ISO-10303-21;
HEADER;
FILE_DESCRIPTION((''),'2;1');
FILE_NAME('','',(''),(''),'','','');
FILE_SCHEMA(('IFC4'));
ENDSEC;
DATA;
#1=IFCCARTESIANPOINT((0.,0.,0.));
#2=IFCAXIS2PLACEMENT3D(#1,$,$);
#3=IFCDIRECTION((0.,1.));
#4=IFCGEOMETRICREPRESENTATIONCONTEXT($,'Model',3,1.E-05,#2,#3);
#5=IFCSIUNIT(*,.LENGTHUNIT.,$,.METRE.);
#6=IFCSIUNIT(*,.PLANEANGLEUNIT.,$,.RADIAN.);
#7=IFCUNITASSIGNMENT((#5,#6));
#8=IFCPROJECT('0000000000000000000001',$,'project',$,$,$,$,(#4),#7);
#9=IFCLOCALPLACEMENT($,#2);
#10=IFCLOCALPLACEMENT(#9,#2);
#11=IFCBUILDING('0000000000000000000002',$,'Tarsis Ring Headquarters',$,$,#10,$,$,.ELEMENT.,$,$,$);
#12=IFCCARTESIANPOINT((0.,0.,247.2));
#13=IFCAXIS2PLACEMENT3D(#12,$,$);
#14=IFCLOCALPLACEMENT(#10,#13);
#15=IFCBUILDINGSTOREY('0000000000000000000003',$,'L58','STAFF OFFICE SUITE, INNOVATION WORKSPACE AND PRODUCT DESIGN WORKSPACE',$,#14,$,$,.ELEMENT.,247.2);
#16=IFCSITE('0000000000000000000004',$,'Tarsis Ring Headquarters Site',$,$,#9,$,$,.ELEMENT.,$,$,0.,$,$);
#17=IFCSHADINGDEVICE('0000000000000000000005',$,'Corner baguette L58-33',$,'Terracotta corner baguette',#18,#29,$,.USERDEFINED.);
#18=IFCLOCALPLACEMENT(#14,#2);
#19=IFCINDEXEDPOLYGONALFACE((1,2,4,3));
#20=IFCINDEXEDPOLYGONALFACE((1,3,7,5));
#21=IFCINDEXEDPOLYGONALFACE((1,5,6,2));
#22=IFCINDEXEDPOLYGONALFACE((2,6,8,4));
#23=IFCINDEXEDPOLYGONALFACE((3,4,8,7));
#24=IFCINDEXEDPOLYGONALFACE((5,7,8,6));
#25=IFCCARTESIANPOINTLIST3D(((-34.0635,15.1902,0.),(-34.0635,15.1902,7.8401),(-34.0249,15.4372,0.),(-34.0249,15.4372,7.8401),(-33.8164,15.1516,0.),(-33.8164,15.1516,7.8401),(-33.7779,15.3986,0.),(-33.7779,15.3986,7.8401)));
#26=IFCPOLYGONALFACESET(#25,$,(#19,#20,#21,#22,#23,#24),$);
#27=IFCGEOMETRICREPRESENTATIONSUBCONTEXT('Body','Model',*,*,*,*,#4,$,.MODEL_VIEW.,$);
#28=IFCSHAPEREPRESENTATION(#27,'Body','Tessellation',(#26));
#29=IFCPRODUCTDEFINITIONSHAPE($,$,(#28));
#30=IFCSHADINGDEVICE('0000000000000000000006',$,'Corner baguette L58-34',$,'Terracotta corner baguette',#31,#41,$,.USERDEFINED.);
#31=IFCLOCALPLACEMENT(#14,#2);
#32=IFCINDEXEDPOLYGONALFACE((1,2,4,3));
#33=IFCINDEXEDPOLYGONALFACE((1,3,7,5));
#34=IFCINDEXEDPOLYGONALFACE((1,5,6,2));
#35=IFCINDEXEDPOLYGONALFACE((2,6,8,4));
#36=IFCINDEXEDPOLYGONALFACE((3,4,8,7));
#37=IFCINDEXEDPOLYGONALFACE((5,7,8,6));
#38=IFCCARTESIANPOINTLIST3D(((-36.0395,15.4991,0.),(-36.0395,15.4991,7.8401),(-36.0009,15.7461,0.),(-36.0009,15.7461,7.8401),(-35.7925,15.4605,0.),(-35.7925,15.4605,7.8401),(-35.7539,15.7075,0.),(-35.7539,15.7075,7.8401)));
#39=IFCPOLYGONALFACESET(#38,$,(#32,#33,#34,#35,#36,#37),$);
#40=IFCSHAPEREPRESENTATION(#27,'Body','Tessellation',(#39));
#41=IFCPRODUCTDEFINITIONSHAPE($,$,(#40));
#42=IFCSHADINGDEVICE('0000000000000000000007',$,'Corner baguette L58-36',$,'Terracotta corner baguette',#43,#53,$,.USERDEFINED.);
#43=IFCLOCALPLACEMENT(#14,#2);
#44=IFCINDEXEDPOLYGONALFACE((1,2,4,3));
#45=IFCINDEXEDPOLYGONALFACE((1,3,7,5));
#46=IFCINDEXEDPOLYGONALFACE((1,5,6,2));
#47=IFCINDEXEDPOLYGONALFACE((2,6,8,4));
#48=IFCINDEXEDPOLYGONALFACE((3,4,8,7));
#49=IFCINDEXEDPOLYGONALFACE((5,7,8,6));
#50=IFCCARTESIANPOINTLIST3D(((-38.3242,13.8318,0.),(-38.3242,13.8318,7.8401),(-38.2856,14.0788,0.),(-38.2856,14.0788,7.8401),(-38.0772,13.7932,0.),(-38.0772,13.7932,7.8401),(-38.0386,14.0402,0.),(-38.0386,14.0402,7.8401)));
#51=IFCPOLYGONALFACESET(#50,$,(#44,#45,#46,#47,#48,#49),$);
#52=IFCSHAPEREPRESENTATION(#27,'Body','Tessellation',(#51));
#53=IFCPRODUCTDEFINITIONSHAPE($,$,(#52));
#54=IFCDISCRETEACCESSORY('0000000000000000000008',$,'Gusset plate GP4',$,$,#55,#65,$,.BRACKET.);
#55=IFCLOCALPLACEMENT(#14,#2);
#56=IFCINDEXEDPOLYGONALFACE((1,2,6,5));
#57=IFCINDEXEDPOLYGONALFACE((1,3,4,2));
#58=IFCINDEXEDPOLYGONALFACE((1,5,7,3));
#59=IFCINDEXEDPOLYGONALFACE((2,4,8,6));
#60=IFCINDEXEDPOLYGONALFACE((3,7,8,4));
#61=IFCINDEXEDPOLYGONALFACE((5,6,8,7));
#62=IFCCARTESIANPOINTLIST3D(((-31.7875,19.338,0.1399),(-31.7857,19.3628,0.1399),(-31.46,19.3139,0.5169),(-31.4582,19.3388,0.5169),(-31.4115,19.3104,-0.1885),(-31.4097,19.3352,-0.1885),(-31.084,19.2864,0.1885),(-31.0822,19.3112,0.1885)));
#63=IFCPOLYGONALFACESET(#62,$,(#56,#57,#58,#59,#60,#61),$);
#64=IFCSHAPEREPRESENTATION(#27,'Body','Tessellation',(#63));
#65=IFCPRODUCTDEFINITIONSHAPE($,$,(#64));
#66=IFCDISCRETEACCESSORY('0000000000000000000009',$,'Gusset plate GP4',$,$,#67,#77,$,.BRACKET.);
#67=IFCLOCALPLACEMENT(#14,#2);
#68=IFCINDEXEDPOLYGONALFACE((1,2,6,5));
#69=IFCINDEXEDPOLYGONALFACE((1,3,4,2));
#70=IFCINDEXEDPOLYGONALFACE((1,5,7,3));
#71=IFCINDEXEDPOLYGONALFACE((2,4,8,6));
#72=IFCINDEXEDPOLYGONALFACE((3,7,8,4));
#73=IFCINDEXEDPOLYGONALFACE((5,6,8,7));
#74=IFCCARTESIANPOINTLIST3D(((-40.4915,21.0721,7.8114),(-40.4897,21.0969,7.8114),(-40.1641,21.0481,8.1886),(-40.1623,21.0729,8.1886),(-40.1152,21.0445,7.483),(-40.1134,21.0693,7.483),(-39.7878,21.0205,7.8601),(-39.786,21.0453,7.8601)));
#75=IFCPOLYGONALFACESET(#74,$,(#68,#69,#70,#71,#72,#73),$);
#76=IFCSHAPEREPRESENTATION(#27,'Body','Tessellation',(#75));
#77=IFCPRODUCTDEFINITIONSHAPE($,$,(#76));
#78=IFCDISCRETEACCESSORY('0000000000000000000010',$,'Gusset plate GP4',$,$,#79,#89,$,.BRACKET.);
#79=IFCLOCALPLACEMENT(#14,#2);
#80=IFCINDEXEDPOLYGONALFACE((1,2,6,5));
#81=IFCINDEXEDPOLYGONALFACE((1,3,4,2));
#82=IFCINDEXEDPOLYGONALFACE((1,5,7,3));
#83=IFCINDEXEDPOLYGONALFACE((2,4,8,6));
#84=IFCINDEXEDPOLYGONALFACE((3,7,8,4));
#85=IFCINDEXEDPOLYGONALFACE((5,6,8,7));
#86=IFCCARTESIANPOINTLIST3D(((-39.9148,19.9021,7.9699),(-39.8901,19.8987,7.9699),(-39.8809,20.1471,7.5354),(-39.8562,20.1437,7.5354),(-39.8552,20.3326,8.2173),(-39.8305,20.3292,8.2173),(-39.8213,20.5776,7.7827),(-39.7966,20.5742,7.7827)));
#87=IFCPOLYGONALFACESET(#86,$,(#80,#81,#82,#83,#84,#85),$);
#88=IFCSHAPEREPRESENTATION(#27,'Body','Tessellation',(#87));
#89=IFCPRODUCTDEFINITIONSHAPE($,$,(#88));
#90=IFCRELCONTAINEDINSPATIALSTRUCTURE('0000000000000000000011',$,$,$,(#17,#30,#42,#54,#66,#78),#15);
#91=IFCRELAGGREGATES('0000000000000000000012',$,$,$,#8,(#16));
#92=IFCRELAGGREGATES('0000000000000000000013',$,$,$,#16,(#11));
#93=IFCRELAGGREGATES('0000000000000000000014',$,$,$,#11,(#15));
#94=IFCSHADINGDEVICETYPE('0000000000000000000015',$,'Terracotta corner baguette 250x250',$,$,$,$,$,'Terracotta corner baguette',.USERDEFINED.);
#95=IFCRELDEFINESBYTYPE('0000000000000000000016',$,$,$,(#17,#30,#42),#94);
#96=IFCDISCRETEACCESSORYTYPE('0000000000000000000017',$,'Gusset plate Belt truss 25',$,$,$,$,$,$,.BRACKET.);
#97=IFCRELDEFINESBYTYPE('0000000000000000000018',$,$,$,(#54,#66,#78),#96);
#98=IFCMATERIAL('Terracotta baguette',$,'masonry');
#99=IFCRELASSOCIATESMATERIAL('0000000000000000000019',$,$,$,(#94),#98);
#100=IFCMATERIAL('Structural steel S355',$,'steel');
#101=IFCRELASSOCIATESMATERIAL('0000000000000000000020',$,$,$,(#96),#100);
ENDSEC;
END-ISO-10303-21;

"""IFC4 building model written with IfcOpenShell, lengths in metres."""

from ifc_helpers import new_model, si_unit, direction, frame, origin, origin_2d, place, context, subcontext, project, spatial, rectangle, extrude, material, material_profile, profile_set, type_object, element, save


model = new_model("IFC4")

# Units and contexts
model_context = context("Model", 3, precision=1e-05, world=origin(), true_north=direction((0.0, 1.0)))
body_context = subcontext(model_context, "Body", "Model", "MODEL_VIEW")
ifc_project = project(units=[si_unit("LENGTHUNIT", "METRE"), si_unit("PLANEANGLEUNIT", "RADIAN")], contexts=[model_context])

# Site, building, storey
site_placement = place(None, origin())
site = spatial("IfcSite", under=ifc_project, at=site_placement, Name="Tarsis Ring Headquarters Site", CompositionType="ELEMENT", RefElevation=0.0)
building_placement = place(site_placement, origin())
building = spatial("IfcBuilding", under=site, at=building_placement, Name="Tarsis Ring Headquarters", CompositionType="ELEMENT")
storey_placement = place(building_placement, frame((0.0, 0.0, 247.2)))
storey = spatial("IfcBuildingStorey", under=building, at=storey_placement, Name="L58", Description="STAFF OFFICE SUITE, INNOVATION WORKSPACE AND PRODUCT DESIGN WORKSPACE", CompositionType="ELEMENT", Elevation=247.2)

# Shared definitions
ifc_material_1 = material(Name="Structural steel S355", Category="steel")

# Shading devices
ifc_material_2 = material(Name="Terracotta baguette", Category="masonry")
shading_device_type_1 = type_object("IfcShadingDeviceType", Name="Terracotta corner baguette 250x250", ElementType="Terracotta corner baguette", PredefinedType="USERDEFINED", material=ifc_material_2)
for number, where, z_axis, x_axis, name in (
    (1, (-33.9207, 15.2944, 0.0), (0.0, 0.0, 1.0), (-0.154365, -0.988014, 0.0), "Corner baguette L58-33"),
    (2, (-35.8967, 15.6033, 0.0), (0.0, 0.0, 1.0), (-0.988014, 0.154365, 0.0), "Corner baguette L58-34"),
    (3, (-38.1814, 13.936, 0.0), (0.0, 0.0, 1.0), (-0.988014, 0.154365, 0.0), "Corner baguette L58-36"),
):
    element("IfcShadingDevice", number, at=place(storey_placement, frame(where, z_axis=z_axis, x_axis=x_axis)), inside=storey, type_object=shading_device_type_1, Name=name, ObjectType="Terracotta corner baguette", PredefinedType="USERDEFINED", context=body_context, shape_type="SweptSolid", body=[
        extrude(rectangle(XDim=0.25, YDim=0.25, at=origin_2d()), origin(), (0.0, 0.0, 1.0), 7.8401),
    ])

# Discrete accessories
ifc_material_profile_1 = material_profile(ifc_material_1, rectangle(XDim=0.0249, YDim=0.5, at=origin_2d()), Name="PL 25x500")
ifc_profile_set_1 = profile_set([ifc_material_profile_1], Name="Structural steel S355")
discrete_accessory_type = type_object("IfcDiscreteAccessoryType", Name="Gusset plate Belt truss 25", PredefinedType="BRACKET", material=ifc_profile_set_1)
discrete_accessory_1_placement = place(storey_placement, frame((-31.2468, 19.3108, 0.0), z_axis=(-0.752035, 0.055182, 0.65681), x_axis=(-0.07318, -0.997319, 0.0)))
element("IfcDiscreteAccessory", 4, at=discrete_accessory_1_placement, inside=storey, type_object=discrete_accessory_type, Name="Gusset plate GP4", PredefinedType="BRACKET", context=body_context, shape_type="SweptSolid", body=[
    extrude(rectangle(XDim=0.0249, YDim=0.5, at=origin_2d()), origin(), (0.0, 0.0, 1.0), 0.5),
])
discrete_accessory_2_placement = place(storey_placement, frame((-40.3269, 21.0725, 8.0), z_axis=(0.752247, -0.055162, -0.656568), x_axis=(0.073133, 0.997322, 0.0)))
element("IfcDiscreteAccessory", 5, at=discrete_accessory_2_placement, inside=storey, type_object=discrete_accessory_type, Name="Gusset plate GP4", PredefinedType="BRACKET", context=body_context, shape_type="SweptSolid", body=[
    extrude(rectangle(XDim=0.0249, YDim=0.5, at=origin_2d()), origin(), (0.0, 0.0, 1.0), 0.5002),
])
discrete_accessory_3_placement = place(storey_placement, frame((-39.8259, 20.4534, 8.0), z_axis=(-0.119147, -0.860884, -0.494654), x_axis=(0.990558, -0.137094, 0.0)))
element("IfcDiscreteAccessory", 6, at=discrete_accessory_3_placement, inside=storey, type_object=discrete_accessory_type, Name="Gusset plate GP4", PredefinedType="BRACKET", context=body_context, shape_type="SweptSolid", body=[
    extrude(rectangle(XDim=0.0249, YDim=0.5, at=origin_2d()), origin(), (0.0, 0.0, 1.0), 0.5),
])

save(model, "model.ifc")
